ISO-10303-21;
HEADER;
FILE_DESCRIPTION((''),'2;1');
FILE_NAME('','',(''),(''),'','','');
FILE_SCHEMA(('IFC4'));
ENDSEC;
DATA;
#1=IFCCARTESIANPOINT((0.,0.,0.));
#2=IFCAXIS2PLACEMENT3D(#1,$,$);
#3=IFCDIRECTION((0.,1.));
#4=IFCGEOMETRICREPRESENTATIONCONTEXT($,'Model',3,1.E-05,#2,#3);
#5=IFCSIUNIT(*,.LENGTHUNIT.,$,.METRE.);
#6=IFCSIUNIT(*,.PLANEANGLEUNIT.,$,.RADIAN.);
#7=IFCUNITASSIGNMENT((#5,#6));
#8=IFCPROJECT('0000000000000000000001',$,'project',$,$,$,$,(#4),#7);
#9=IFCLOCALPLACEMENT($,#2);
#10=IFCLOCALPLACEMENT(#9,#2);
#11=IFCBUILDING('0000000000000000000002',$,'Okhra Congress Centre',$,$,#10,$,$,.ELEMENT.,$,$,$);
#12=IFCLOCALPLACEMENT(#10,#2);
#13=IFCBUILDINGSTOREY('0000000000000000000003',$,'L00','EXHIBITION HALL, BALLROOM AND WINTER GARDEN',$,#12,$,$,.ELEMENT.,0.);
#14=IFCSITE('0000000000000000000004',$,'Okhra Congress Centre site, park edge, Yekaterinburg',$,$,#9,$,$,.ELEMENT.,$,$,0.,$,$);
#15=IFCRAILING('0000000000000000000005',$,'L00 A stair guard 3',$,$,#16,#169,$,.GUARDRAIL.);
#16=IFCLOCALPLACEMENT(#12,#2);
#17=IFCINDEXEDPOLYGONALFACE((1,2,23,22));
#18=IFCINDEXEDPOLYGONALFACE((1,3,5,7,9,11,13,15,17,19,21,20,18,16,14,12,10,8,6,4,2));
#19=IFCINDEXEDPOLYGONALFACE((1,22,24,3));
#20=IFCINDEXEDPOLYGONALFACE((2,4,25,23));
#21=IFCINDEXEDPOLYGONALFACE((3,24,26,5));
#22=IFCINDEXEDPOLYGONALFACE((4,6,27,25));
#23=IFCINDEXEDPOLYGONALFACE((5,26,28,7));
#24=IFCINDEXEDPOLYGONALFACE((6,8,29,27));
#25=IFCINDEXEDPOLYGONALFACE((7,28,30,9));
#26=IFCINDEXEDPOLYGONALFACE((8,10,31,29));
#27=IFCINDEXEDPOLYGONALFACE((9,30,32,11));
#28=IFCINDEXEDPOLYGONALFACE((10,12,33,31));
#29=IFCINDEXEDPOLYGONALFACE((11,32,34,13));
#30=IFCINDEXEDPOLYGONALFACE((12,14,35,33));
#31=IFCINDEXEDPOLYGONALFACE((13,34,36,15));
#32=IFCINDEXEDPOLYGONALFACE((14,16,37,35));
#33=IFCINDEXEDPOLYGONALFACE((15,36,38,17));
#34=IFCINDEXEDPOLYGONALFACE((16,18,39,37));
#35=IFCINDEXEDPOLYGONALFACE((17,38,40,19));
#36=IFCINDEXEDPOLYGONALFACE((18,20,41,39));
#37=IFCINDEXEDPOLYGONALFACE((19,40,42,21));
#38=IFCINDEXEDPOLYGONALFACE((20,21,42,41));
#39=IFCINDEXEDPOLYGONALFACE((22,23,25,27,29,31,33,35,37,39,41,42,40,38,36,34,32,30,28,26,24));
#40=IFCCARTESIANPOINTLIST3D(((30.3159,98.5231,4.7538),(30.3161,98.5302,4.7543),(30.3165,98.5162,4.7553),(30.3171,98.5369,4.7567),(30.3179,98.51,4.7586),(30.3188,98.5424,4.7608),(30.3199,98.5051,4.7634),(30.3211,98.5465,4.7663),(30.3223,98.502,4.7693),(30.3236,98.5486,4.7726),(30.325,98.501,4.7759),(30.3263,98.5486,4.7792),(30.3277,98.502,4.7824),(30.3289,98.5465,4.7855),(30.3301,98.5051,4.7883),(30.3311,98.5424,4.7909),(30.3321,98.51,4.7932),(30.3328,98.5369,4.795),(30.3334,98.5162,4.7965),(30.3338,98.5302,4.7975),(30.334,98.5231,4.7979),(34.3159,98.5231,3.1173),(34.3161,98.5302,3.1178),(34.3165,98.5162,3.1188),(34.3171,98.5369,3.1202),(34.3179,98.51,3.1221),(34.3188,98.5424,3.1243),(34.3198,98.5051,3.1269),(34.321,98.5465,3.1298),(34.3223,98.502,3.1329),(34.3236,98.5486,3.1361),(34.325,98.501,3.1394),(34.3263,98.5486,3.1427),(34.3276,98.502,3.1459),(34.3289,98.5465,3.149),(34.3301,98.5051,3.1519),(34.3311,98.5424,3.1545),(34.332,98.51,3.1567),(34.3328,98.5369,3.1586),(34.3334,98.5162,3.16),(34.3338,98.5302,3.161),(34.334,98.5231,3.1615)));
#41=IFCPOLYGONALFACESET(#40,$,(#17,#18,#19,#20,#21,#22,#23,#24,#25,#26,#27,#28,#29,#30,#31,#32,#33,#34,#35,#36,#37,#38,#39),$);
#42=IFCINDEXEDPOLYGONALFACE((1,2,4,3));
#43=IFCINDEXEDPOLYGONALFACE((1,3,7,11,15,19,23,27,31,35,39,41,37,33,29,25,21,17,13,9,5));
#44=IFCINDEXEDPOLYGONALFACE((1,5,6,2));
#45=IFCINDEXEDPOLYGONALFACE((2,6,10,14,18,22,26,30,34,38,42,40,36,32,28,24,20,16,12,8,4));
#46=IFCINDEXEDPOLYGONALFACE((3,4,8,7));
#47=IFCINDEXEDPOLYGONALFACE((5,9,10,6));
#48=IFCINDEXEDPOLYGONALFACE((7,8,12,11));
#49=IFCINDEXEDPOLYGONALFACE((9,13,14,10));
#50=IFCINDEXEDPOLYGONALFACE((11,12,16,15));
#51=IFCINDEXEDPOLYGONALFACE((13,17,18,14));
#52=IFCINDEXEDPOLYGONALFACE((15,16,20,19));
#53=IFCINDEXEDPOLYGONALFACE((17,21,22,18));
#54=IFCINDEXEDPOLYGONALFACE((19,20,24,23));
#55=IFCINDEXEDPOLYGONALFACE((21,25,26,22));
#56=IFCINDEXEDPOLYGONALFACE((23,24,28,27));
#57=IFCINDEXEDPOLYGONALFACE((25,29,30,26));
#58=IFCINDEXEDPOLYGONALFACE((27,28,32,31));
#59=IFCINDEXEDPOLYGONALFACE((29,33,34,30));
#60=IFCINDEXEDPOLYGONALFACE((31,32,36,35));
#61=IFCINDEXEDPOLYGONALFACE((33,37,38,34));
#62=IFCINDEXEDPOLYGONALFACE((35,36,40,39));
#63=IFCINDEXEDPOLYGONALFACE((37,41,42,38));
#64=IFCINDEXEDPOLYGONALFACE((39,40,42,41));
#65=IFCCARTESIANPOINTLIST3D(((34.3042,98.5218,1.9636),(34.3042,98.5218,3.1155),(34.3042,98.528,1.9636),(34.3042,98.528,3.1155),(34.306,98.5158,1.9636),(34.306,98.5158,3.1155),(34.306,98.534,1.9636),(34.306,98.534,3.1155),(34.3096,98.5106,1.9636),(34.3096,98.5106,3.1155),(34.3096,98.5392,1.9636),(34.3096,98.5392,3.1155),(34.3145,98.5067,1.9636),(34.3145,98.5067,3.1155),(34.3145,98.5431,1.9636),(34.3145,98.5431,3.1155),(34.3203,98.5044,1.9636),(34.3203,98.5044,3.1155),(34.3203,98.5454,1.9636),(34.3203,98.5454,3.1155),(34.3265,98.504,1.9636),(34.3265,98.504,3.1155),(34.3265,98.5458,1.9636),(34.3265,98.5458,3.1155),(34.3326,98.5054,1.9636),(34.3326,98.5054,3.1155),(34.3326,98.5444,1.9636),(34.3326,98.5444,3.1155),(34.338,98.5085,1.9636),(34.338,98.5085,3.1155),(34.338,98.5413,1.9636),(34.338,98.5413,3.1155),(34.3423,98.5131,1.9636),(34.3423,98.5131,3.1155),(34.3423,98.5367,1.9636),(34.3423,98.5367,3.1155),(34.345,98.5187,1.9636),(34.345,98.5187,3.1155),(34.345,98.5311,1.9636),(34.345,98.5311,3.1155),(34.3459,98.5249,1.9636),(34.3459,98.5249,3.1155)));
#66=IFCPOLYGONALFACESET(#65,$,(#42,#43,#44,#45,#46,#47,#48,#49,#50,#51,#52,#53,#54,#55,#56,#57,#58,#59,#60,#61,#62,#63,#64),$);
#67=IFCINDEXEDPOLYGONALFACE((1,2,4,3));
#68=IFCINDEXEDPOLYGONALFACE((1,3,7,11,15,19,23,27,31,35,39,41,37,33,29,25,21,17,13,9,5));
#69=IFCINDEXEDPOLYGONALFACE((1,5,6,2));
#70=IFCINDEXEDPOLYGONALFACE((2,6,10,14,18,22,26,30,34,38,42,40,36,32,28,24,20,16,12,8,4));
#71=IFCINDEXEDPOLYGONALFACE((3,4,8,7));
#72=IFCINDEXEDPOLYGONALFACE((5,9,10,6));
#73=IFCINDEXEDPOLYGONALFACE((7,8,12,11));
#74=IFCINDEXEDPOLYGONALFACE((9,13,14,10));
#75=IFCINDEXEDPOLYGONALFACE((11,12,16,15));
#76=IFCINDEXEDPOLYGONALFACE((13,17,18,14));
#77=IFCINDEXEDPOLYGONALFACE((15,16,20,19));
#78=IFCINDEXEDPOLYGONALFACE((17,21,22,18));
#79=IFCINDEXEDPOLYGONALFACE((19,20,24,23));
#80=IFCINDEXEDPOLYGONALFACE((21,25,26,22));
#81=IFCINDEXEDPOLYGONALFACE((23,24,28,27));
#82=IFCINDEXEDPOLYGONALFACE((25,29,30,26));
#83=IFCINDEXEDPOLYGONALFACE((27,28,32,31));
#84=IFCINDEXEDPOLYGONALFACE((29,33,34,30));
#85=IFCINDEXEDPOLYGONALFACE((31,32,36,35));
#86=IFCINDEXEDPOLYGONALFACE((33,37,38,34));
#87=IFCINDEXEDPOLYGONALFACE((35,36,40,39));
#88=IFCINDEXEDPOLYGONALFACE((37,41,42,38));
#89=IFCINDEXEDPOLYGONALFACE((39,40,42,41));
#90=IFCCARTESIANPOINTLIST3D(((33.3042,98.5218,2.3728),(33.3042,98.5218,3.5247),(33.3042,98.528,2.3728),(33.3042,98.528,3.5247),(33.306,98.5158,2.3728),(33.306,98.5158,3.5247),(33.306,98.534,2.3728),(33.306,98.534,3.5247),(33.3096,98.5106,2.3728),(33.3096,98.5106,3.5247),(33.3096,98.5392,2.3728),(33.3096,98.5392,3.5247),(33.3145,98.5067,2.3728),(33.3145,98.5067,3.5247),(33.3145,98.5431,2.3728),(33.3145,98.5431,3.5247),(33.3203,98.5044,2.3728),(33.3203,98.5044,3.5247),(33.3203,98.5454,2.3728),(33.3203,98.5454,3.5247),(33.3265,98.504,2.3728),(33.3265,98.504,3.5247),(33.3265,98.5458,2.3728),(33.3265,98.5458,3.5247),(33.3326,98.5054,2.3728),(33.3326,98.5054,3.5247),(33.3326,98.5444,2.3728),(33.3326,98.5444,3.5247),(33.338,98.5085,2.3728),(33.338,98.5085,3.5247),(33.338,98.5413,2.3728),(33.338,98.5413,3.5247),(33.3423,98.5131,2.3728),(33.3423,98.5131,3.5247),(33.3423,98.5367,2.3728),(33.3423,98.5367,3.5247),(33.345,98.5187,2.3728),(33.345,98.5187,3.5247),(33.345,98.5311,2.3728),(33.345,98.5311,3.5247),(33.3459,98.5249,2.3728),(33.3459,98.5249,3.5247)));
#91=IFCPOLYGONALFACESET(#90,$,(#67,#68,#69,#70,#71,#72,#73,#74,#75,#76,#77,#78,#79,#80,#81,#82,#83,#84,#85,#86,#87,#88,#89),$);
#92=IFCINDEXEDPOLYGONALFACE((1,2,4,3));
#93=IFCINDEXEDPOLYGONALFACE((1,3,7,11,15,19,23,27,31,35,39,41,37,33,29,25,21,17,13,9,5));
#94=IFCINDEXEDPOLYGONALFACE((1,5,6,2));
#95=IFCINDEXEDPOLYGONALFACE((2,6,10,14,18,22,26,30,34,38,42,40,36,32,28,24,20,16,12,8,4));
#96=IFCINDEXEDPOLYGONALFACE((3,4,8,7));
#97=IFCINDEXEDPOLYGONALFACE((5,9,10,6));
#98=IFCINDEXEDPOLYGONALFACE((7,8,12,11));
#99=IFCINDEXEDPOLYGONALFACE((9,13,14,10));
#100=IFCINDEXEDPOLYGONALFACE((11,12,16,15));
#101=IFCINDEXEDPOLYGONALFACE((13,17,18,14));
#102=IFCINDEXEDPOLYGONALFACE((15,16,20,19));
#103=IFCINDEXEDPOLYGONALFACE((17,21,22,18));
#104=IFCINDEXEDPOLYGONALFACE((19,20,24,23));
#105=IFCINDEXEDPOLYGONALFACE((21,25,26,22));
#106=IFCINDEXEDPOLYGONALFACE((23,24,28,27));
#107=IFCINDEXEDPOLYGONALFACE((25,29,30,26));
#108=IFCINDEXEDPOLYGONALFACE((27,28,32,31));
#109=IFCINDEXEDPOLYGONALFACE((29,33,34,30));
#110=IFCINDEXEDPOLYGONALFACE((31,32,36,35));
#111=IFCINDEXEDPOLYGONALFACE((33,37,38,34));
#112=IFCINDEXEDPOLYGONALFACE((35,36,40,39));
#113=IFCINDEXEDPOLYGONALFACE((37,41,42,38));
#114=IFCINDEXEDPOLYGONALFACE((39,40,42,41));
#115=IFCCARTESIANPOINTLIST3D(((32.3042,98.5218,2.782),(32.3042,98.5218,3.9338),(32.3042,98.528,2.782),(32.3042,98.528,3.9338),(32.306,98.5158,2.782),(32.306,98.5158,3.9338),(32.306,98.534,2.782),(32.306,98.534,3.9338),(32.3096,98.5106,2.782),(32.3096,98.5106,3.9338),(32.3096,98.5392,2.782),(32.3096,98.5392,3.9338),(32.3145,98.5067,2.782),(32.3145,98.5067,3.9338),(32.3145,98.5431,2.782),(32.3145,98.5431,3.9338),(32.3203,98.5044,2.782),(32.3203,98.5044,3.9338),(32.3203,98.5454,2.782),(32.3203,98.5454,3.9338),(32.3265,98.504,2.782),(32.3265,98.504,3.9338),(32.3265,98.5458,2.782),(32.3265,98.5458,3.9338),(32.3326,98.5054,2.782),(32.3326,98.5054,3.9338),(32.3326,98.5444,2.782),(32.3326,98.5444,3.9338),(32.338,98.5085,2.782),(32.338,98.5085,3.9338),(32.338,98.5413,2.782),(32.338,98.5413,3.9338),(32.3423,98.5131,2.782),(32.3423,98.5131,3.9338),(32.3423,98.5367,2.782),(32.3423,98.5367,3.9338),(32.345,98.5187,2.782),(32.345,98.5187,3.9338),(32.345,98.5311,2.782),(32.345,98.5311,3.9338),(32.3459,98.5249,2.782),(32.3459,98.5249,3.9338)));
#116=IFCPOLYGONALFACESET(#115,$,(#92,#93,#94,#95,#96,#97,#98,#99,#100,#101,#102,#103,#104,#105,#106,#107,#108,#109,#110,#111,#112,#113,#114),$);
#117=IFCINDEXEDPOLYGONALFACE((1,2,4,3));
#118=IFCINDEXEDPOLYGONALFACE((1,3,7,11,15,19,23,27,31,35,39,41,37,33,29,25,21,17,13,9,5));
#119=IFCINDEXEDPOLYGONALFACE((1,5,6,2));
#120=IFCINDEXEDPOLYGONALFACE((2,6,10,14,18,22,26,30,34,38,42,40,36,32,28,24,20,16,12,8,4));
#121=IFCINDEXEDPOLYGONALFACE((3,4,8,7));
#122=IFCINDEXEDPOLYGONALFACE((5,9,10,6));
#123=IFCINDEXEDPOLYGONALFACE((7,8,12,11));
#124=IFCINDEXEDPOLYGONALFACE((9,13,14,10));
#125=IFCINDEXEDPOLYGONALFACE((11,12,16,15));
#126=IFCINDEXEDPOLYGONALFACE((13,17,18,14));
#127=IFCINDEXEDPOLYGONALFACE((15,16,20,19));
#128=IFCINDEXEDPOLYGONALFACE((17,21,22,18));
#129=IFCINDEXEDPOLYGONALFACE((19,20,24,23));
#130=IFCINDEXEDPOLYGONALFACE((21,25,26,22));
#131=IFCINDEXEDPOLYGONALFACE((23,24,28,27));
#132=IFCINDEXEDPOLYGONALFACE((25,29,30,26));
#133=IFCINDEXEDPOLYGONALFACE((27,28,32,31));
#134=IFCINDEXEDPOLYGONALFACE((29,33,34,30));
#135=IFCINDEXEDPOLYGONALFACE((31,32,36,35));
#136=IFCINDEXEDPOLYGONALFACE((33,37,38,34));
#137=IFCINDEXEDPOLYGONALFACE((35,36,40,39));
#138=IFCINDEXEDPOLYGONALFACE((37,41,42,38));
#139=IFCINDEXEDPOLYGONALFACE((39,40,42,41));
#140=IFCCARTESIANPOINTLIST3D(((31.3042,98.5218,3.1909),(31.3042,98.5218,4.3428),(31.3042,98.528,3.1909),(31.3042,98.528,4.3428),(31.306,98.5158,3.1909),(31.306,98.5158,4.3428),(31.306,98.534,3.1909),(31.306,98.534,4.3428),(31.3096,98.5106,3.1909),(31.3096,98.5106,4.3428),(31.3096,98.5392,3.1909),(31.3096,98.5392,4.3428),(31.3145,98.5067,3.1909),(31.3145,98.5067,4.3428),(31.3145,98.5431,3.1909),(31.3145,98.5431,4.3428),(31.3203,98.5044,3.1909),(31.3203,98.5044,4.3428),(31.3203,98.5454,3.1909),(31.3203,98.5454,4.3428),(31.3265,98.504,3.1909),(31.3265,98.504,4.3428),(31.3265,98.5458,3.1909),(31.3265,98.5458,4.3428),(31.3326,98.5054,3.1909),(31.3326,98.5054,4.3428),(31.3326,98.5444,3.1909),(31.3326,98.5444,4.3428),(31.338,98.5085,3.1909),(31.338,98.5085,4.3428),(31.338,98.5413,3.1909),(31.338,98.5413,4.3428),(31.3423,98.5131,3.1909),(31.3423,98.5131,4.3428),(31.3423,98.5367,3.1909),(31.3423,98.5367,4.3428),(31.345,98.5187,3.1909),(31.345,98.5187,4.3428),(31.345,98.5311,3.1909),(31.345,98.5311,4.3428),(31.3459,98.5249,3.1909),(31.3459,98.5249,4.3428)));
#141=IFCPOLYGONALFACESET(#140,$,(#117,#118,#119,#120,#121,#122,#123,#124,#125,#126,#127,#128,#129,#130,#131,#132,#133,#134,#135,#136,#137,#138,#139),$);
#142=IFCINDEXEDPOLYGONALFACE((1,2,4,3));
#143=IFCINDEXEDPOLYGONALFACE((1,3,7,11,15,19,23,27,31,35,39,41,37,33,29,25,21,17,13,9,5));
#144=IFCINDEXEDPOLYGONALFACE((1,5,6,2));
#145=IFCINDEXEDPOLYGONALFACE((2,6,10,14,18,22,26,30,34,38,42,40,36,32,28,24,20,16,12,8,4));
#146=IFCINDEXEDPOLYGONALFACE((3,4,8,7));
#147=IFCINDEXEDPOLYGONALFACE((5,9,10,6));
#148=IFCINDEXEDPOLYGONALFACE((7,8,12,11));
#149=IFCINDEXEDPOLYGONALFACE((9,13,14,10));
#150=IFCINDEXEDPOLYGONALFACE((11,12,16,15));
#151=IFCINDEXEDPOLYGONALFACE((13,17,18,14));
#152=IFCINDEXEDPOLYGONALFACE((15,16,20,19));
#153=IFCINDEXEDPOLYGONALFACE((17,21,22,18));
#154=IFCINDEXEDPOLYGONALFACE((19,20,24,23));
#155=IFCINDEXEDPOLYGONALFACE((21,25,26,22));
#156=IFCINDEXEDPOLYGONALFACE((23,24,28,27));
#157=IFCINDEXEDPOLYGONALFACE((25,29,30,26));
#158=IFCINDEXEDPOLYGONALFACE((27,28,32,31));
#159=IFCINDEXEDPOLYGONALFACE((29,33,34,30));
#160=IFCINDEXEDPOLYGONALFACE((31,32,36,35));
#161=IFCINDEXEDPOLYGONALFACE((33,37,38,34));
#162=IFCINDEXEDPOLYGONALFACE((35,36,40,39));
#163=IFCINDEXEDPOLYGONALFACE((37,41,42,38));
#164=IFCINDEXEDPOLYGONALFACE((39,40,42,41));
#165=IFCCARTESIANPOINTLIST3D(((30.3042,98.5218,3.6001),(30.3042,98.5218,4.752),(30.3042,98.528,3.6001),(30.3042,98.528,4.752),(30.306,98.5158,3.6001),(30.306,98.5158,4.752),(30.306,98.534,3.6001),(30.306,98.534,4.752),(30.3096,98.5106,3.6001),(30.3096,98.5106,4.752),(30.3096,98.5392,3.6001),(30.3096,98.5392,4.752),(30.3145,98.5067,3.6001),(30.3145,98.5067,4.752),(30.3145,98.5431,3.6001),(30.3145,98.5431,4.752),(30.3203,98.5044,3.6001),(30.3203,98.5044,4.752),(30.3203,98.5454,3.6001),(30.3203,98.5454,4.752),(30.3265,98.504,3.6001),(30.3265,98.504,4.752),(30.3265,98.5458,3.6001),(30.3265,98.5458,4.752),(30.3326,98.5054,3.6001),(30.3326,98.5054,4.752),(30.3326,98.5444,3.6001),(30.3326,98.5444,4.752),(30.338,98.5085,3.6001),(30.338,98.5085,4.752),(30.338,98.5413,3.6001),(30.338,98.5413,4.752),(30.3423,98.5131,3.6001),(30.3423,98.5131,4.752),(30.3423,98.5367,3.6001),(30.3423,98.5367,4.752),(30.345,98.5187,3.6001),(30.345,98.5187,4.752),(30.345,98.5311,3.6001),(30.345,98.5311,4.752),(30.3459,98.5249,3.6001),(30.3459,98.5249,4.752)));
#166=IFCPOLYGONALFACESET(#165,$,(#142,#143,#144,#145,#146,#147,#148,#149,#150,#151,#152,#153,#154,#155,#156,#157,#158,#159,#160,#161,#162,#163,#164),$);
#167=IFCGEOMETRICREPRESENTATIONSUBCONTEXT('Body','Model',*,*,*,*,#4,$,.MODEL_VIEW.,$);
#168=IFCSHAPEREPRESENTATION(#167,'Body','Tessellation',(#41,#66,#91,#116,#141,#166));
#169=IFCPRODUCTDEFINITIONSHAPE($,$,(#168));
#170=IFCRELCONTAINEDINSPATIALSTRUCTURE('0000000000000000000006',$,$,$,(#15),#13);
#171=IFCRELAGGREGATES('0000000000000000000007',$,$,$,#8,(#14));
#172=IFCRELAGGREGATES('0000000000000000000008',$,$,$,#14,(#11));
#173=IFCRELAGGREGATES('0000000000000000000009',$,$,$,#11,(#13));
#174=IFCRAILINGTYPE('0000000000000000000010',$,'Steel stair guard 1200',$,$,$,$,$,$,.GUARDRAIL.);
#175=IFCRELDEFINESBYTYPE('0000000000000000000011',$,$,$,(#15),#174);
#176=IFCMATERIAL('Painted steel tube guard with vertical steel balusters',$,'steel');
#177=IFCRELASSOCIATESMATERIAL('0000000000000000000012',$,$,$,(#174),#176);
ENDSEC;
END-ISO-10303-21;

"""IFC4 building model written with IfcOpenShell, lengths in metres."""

from ifc_helpers import new_model, si_unit, direction, frame, origin, origin_2d, place, context, subcontext, project, spatial, circle, extrude, material, type_object, element, save


model = new_model("IFC4")

# Units and contexts
model_context = context("Model", 3, precision=1e-05, world=origin(), true_north=direction((0.0, 1.0)))
body_context = subcontext(model_context, "Body", "Model", "MODEL_VIEW")
ifc_project = project(units=[si_unit("LENGTHUNIT", "METRE"), si_unit("PLANEANGLEUNIT", "RADIAN")], contexts=[model_context])

# Site, building, storey
site_placement = place(None, origin())
site = spatial("IfcSite", under=ifc_project, at=site_placement, Name="Okhra Congress Centre site, park edge, Yekaterinburg", CompositionType="ELEMENT", RefElevation=0.0)
building_placement = place(site_placement, origin())
building = spatial("IfcBuilding", under=site, at=building_placement, Name="Okhra Congress Centre", CompositionType="ELEMENT")
storey_placement = place(building_placement, origin())
storey = spatial("IfcBuildingStorey", under=building, at=storey_placement, Name="L00", Description="EXHIBITION HALL, BALLROOM AND WINTER GARDEN", CompositionType="ELEMENT", Elevation=0.0)

# Railing
ifc_material_1 = material(Name="Painted steel tube guard with vertical steel balusters", Category="steel")
railing_type_1 = type_object("IfcRailingType", Name="Steel stair guard 1200", PredefinedType="GUARDRAIL", material=ifc_material_1)
railing_1_placement = place(storey_placement, frame((34.325, 98.5249, 1.9636)))
element("IfcRailing", 1, at=railing_1_placement, inside=storey, type_object=railing_type_1, Name="L00 A stair guard 3", PredefinedType="GUARDRAIL", context=body_context, shape_type="SweptSolid", body=[
    extrude(circle(Radius=0.0239, at=origin_2d()), frame((0.0, 0.0, 1.1758), z_axis=(-0.925538, 0.0, 0.378655), x_axis=(0.0, -1.0, 0.0)), (0.0, 0.0, 1.0), 4.3218),
    extrude(circle(Radius=0.021, at=origin_2d()), origin(), (0.0, 0.0, 1.0), 1.1519),
    extrude(circle(Radius=0.021, at=origin_2d()), frame((-1.0, 0.0, 0.4092)), (0.0, 0.0, 1.0), 1.1519),
    extrude(circle(Radius=0.021, at=origin_2d()), frame((-2.0, 0.0, 0.8184)), (0.0, 0.0, 1.0), 1.1519),
    extrude(circle(Radius=0.021, at=origin_2d()), frame((-3.0, 0.0, 1.2273)), (0.0, 0.0, 1.0), 1.1519),
    extrude(circle(Radius=0.021, at=origin_2d()), frame((-4.0, 0.0, 1.6365)), (0.0, 0.0, 1.0), 1.1519),
])

save(model, "model.ifc")
